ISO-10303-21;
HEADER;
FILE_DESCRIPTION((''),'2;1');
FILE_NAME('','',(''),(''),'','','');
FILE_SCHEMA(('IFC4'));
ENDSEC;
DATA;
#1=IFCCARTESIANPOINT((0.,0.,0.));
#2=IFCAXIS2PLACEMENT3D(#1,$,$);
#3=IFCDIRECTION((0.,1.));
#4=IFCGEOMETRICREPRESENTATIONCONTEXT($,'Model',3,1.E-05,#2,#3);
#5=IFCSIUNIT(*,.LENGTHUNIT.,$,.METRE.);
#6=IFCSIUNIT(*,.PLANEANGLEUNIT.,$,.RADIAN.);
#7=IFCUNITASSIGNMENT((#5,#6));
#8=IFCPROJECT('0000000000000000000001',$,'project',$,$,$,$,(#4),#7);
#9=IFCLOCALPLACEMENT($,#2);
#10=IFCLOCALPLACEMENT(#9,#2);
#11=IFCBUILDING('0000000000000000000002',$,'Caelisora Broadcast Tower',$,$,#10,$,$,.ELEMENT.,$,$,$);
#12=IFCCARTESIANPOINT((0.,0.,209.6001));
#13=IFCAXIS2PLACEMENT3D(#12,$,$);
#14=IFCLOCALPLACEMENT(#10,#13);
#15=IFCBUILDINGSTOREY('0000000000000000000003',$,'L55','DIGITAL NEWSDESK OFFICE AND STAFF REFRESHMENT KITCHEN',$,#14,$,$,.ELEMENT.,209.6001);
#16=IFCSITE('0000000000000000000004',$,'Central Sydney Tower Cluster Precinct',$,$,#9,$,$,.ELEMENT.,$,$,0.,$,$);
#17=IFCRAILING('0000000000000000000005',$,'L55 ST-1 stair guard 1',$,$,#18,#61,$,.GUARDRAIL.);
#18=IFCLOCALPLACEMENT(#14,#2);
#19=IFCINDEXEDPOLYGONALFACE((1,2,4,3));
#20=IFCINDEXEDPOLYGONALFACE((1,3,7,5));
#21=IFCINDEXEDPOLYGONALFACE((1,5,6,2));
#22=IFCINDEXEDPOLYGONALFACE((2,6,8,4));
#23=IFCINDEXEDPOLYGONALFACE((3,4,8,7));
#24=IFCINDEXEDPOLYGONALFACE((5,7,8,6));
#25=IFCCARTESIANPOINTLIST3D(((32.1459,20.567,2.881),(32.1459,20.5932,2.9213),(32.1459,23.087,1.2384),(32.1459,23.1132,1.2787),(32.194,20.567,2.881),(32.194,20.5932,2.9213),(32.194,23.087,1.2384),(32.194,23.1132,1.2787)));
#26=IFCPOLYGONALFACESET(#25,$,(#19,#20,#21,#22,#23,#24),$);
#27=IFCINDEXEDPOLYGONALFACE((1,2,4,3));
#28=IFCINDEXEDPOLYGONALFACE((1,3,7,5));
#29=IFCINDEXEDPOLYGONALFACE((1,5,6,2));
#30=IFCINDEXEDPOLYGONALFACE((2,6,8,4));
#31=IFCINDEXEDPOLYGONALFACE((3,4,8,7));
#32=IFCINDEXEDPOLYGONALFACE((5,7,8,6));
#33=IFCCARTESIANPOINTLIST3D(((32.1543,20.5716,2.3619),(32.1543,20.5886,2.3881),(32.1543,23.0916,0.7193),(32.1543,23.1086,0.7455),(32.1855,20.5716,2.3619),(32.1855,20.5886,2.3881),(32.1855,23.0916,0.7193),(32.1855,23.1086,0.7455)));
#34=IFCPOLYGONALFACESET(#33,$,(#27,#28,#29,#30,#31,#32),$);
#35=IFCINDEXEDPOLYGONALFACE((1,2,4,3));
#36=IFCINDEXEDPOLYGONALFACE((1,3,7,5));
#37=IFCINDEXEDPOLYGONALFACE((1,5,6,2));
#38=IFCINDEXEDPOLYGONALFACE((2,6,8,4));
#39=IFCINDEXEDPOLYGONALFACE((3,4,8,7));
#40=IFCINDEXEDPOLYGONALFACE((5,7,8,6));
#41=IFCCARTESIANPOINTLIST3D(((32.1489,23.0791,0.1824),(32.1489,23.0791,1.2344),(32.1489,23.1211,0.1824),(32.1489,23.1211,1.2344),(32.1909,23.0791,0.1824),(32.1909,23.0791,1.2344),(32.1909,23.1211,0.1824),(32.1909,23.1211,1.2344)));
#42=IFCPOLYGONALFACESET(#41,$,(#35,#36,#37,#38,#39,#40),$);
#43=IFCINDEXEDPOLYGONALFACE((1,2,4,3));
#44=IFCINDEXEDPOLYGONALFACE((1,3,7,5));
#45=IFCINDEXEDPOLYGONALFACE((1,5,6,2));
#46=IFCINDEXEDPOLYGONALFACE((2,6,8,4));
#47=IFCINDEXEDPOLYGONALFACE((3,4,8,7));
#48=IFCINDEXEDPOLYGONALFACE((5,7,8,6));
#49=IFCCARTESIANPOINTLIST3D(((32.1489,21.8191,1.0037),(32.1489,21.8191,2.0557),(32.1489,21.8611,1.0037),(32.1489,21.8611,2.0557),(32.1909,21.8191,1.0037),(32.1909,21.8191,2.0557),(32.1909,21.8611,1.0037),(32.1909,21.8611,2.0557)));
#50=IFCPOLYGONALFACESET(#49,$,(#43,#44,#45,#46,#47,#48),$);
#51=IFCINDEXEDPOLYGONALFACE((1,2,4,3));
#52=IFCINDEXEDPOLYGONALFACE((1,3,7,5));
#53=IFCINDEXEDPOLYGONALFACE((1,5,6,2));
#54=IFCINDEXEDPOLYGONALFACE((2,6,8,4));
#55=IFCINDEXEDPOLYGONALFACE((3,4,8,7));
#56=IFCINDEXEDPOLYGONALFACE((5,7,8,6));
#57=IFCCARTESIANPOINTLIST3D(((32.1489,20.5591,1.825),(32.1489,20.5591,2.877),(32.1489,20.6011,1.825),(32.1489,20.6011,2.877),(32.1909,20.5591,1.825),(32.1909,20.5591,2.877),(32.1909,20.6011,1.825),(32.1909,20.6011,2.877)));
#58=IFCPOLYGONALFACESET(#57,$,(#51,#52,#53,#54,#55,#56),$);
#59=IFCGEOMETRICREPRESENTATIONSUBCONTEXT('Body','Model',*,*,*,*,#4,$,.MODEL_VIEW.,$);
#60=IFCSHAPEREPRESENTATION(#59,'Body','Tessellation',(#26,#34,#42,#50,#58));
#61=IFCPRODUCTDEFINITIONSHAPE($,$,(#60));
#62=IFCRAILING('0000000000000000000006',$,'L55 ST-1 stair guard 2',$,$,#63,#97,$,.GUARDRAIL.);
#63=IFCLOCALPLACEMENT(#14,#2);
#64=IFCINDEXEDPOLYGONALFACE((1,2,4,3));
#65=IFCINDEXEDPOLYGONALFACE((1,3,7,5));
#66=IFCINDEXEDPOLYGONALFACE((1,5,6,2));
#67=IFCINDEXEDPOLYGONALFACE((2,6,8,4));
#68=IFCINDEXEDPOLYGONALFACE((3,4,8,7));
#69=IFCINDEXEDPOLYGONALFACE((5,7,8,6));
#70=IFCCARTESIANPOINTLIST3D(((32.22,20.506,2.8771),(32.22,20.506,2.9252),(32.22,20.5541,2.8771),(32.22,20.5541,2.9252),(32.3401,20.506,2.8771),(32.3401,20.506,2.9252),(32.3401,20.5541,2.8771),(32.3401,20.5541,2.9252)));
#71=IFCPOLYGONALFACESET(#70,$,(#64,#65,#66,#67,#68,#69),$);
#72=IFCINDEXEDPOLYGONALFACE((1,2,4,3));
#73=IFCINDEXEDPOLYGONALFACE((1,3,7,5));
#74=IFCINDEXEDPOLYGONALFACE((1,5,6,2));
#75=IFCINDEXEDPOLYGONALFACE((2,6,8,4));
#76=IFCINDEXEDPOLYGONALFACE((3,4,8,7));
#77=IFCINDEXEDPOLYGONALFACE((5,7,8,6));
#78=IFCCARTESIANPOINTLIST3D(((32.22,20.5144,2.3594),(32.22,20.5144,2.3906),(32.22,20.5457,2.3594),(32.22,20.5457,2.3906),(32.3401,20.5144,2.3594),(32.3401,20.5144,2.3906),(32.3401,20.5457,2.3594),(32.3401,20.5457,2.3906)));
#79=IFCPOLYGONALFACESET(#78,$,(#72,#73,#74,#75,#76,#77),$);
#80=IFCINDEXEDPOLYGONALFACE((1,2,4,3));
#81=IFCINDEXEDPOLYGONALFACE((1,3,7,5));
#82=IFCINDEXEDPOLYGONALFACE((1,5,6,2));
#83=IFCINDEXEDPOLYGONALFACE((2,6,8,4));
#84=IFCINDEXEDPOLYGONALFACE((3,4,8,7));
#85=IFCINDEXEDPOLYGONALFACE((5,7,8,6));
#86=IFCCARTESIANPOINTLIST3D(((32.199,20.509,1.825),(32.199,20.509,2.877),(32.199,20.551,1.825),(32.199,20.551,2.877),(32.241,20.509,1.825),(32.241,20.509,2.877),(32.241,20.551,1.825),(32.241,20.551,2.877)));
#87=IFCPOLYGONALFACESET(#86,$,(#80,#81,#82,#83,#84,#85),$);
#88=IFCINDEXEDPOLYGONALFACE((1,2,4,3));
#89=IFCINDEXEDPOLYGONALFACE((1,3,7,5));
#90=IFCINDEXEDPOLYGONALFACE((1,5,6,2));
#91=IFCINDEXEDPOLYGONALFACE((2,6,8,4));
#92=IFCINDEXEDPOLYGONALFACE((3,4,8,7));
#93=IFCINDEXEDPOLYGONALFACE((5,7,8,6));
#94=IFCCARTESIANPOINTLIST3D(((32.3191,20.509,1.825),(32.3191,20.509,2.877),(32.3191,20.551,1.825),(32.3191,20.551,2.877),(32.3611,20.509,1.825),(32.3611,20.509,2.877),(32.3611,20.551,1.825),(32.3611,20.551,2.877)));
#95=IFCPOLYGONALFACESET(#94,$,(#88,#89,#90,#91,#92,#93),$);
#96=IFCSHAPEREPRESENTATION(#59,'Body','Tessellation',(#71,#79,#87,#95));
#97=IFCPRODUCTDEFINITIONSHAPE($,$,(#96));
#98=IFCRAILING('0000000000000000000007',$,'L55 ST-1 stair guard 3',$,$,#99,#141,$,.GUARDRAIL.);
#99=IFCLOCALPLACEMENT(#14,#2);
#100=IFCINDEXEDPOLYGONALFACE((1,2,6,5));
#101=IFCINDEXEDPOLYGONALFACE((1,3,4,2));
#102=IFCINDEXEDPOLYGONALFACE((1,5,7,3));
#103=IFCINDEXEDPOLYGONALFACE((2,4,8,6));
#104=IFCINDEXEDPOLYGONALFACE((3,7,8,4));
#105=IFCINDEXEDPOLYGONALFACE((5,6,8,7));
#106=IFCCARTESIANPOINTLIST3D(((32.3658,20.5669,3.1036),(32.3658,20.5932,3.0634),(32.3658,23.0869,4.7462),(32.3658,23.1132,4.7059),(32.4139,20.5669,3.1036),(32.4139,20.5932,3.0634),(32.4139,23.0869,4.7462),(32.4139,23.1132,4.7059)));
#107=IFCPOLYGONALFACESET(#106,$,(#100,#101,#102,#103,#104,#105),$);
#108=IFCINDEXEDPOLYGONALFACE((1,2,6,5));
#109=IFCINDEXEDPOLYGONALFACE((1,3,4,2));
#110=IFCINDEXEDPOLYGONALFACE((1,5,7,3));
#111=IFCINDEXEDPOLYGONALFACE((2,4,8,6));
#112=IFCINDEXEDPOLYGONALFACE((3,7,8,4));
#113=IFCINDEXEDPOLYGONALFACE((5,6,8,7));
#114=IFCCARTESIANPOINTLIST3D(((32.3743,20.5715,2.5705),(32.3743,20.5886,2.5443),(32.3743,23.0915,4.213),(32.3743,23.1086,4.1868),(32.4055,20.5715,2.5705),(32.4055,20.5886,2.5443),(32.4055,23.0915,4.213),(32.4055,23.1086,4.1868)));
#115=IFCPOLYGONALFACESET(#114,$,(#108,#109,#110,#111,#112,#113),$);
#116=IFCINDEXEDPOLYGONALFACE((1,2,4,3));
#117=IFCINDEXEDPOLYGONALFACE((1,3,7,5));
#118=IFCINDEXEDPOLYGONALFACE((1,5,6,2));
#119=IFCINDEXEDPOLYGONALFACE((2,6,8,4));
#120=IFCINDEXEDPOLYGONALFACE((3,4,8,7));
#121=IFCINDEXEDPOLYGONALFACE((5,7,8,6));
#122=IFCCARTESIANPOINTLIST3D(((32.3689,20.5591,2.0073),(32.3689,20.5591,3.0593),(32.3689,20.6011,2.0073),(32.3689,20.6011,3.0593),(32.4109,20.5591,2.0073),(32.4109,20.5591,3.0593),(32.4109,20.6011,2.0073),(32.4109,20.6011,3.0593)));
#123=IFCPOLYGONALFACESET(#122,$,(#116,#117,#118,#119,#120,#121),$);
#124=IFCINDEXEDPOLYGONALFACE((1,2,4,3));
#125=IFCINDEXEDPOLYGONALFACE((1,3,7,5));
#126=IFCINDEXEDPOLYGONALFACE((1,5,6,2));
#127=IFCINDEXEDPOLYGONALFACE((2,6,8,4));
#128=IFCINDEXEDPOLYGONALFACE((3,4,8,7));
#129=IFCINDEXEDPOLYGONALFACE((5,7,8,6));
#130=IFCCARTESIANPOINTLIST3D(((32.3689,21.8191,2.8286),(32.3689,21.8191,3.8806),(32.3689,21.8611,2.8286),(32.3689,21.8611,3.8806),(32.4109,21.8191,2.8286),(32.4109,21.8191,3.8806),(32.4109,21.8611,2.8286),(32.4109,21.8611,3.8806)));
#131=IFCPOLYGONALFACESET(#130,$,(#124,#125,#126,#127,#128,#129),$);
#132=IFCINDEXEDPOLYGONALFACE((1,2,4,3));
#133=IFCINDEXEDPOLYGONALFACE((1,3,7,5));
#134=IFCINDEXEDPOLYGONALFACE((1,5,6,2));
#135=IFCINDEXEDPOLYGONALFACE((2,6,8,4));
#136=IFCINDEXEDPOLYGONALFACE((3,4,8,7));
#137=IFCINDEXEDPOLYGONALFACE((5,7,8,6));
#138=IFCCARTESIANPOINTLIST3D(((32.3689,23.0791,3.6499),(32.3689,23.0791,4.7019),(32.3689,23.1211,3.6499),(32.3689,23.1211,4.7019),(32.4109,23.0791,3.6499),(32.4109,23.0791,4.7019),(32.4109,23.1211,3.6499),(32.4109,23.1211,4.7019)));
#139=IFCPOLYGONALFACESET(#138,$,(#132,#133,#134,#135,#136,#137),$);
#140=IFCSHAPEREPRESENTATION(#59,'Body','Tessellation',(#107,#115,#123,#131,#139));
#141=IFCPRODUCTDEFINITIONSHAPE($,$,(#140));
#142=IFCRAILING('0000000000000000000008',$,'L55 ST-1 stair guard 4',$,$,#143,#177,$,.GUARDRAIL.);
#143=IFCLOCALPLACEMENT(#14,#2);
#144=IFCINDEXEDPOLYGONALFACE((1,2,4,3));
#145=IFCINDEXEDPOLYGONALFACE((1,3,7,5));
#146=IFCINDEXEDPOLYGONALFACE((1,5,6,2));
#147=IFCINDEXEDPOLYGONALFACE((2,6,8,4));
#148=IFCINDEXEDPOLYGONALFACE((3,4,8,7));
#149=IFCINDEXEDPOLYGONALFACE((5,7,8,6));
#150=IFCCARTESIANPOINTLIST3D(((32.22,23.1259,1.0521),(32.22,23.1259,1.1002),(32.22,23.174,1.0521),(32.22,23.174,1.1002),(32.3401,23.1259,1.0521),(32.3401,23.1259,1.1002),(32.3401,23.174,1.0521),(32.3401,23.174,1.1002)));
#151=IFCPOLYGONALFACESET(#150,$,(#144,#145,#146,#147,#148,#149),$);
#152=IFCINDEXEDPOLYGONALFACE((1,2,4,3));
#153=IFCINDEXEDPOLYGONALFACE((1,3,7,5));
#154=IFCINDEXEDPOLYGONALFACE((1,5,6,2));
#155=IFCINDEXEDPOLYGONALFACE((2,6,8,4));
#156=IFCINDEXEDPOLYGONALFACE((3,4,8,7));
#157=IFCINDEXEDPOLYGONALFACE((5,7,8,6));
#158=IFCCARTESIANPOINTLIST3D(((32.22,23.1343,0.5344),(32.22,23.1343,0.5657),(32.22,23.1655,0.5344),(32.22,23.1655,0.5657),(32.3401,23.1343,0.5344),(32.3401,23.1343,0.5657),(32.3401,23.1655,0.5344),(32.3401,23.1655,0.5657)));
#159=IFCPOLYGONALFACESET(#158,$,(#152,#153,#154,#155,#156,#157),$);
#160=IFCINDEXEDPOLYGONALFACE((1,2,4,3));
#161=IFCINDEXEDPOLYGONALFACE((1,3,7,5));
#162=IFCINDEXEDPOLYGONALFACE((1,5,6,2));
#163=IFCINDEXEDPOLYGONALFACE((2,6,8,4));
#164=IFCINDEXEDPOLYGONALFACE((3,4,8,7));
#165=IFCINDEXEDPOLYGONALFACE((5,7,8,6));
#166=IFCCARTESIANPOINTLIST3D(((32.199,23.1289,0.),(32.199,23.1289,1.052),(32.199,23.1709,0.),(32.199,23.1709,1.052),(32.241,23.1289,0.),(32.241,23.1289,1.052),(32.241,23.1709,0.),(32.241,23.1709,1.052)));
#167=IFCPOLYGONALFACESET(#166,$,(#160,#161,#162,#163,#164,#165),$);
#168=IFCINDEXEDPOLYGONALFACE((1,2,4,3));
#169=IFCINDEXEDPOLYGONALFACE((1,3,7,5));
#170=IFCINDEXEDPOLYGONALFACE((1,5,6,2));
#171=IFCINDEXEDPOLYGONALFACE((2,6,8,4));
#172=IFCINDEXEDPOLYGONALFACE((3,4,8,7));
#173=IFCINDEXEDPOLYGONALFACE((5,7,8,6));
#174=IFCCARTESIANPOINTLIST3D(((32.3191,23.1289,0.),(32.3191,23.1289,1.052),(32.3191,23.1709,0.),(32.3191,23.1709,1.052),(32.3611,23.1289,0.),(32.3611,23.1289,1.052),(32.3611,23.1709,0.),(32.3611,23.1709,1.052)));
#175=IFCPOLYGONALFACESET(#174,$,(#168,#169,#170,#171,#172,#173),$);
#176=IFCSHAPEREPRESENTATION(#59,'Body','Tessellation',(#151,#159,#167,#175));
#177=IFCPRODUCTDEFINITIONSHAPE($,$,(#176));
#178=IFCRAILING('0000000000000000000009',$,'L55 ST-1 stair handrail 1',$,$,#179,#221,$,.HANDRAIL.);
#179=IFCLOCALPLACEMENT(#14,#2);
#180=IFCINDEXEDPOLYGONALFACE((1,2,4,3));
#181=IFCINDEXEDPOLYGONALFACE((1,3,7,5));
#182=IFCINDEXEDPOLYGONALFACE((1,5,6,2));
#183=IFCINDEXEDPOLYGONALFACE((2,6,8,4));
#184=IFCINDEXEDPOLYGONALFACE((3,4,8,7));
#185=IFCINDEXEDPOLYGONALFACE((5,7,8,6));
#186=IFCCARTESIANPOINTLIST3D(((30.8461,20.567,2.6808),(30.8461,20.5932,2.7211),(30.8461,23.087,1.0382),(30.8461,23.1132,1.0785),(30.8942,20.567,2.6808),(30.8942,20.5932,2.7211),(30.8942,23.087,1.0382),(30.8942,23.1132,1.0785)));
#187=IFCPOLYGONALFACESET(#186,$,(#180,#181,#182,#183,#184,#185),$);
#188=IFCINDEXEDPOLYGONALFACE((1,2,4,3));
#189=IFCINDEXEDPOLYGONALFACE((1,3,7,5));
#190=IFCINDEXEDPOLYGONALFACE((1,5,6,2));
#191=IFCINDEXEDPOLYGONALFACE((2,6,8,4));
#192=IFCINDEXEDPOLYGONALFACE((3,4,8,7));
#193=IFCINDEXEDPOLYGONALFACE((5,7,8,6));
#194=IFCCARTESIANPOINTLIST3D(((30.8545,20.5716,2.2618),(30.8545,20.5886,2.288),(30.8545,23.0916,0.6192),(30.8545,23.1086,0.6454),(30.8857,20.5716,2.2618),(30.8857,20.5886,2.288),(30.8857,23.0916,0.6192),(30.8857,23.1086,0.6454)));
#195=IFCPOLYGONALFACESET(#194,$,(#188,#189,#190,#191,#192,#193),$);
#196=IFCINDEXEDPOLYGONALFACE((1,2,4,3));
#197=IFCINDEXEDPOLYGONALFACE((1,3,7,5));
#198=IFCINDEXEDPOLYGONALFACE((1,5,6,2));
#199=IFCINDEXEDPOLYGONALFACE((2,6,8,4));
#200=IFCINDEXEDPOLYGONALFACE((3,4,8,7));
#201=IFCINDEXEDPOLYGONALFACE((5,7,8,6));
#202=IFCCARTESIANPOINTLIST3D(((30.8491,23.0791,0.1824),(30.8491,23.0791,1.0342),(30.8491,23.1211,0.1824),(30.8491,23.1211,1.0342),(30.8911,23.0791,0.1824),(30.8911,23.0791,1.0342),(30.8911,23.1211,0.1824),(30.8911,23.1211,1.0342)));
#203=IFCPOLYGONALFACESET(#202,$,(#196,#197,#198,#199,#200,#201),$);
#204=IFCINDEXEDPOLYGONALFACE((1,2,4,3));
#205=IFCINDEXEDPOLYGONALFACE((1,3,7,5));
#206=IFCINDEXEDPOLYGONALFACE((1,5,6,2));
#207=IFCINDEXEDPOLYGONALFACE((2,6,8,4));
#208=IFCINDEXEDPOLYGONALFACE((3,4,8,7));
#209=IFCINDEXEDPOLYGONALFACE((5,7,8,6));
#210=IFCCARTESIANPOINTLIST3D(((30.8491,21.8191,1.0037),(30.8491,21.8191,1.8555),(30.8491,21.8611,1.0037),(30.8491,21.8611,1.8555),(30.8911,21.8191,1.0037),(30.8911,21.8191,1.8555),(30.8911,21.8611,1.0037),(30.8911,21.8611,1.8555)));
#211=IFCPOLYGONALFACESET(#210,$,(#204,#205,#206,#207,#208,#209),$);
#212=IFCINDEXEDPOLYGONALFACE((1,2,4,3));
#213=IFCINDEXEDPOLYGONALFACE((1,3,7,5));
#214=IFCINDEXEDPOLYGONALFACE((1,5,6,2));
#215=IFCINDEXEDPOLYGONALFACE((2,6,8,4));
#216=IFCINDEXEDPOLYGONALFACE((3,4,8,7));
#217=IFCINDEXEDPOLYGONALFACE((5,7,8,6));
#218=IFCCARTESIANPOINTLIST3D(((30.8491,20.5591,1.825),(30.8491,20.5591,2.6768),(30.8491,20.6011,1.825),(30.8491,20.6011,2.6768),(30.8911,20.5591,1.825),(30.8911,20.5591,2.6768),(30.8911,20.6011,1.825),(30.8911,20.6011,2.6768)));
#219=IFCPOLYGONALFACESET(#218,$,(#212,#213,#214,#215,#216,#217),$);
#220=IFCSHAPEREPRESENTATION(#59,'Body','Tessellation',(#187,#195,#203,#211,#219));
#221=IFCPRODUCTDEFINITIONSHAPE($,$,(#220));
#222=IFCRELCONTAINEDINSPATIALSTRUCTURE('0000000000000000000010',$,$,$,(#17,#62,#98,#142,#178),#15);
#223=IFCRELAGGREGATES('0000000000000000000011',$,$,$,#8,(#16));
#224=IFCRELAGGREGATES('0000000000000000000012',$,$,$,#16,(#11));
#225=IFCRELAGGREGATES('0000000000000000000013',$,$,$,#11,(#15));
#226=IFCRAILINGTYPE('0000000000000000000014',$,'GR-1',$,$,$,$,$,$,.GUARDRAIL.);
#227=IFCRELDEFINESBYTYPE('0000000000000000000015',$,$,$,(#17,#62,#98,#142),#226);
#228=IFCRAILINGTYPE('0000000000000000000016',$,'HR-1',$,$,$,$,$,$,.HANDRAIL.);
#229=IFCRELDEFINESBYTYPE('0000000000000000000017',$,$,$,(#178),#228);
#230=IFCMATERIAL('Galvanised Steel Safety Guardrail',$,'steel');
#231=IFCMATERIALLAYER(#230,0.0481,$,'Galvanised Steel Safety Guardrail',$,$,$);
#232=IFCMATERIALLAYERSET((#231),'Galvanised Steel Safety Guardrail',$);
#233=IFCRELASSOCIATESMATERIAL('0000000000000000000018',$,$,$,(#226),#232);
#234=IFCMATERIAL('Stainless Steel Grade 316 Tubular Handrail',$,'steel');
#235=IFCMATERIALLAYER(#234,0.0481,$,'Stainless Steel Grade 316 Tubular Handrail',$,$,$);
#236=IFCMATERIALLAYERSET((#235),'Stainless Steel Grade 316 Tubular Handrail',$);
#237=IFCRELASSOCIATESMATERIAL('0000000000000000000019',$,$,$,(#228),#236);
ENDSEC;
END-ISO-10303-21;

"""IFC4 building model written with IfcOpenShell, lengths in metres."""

from ifc_helpers import new_model, si_unit, direction, frame, origin, origin_2d, place, context, subcontext, project, spatial, rectangle, extrude, material, layer, layer_set, type_object, element, save


model = new_model("IFC4")

# Units and contexts
model_context = context("Model", 3, precision=1e-05, world=origin(), true_north=direction((0.0, 1.0)))
body_context = subcontext(model_context, "Body", "Model", "MODEL_VIEW")
ifc_project = project(units=[si_unit("LENGTHUNIT", "METRE"), si_unit("PLANEANGLEUNIT", "RADIAN")], contexts=[model_context])

# Site, building, storey
site_placement = place(None, origin())
site = spatial("IfcSite", under=ifc_project, at=site_placement, Name="Central Sydney Tower Cluster Precinct", CompositionType="ELEMENT", RefElevation=0.0)
building_placement = place(site_placement, origin())
building = spatial("IfcBuilding", under=site, at=building_placement, Name="Caelisora Broadcast Tower", CompositionType="ELEMENT")
storey_placement = place(building_placement, frame((0.0, 0.0, 209.6001)))
storey = spatial("IfcBuildingStorey", under=building, at=storey_placement, Name="L55", Description="DIGITAL NEWSDESK OFFICE AND STAFF REFRESHMENT KITCHEN", CompositionType="ELEMENT", Elevation=209.6001)

# Railings
ifc_material_1 = material(Name="Galvanised Steel Safety Guardrail", Category="steel")
ifc_layer_1 = layer(ifc_material_1, 0.0481, Name="Galvanised Steel Safety Guardrail")
ifc_layer_set_1 = layer_set([ifc_layer_1], Name="Galvanised Steel Safety Guardrail")
railing_type_1 = type_object("IfcRailingType", Name="GR-1", PredefinedType="GUARDRAIL", material=ifc_layer_set_1)
railing_1_placement = place(storey_placement, frame((32.1699, 23.1001, 0.1824)))
element("IfcRailing", 1, at=railing_1_placement, inside=storey, type_object=railing_type_1, Name="L55 ST-1 stair guard 1", PredefinedType="GUARDRAIL", context=body_context, shape_type="SweptSolid", body=[
    extrude(rectangle(XDim=0.0481, YDim=0.0481, at=origin_2d()), frame((0.0, 0.0, 1.0762), z_axis=(0.0, -0.837749, 0.546055), x_axis=(1.0, 0.0, 0.0)), (0.0, 0.0, 1.0), 3.0081),
    extrude(rectangle(XDim=0.0312, YDim=0.0312, at=origin_2d()), frame((0.0, 0.0, 0.55), z_axis=(0.0, -0.837749, 0.546055), x_axis=(1.0, 0.0, 0.0)), (0.0, 0.0, 1.0), 3.0081),
    extrude(rectangle(XDim=0.042, YDim=0.042, at=origin_2d()), origin(), (0.0, 0.0, 1.0), 1.052),
    extrude(rectangle(XDim=0.042, YDim=0.042, at=origin_2d()), frame((0.0, -1.26, 0.8213)), (0.0, 0.0, 1.0), 1.052),
    extrude(rectangle(XDim=0.042, YDim=0.042, at=origin_2d()), frame((0.0, -2.52, 1.6426)), (0.0, 0.0, 1.0), 1.052),
])
railing_2_placement = place(storey_placement, frame((32.22, 20.53, 1.825)))
element("IfcRailing", 2, at=railing_2_placement, inside=storey, type_object=railing_type_1, Name="L55 ST-1 stair guard 2", PredefinedType="GUARDRAIL", context=body_context, shape_type="SweptSolid", body=[
    extrude(rectangle(XDim=0.0481, YDim=0.0481, at=origin_2d()), frame((0.0, 0.0, 1.0762), z_axis=(1.0, 0.0, 0.0), x_axis=(0.0, 1.0, 0.0)), (0.0, 0.0, 1.0), 0.1201),
    extrude(rectangle(XDim=0.0312, YDim=0.0312, at=origin_2d()), frame((0.0, 0.0, 0.55), z_axis=(1.0, 0.0, 0.0), x_axis=(0.0, 1.0, 0.0)), (0.0, 0.0, 1.0), 0.1201),
    extrude(rectangle(XDim=0.042, YDim=0.042, at=origin_2d()), origin(), (0.0, 0.0, 1.0), 1.052),
    extrude(rectangle(XDim=0.042, YDim=0.042, at=origin_2d()), frame((0.1201, 0.0, 0.0)), (0.0, 0.0, 1.0), 1.052),
])
railing_3_placement = place(storey_placement, frame((32.3899, 20.5801, 2.0073)))
element("IfcRailing", 3, at=railing_3_placement, inside=storey, type_object=railing_type_1, Name="L55 ST-1 stair guard 3", PredefinedType="GUARDRAIL", context=body_context, shape_type="SweptSolid", body=[
    extrude(rectangle(XDim=0.0481, YDim=0.0481, at=origin_2d()), frame((0.0, 0.0, 1.0762), z_axis=(0.0, 0.837749, 0.546055), x_axis=(-1.0, 0.0, 0.0)), (0.0, 0.0, 1.0), 3.0081),
    extrude(rectangle(XDim=0.0312, YDim=0.0312, at=origin_2d()), frame((0.0, 0.0, 0.55), z_axis=(0.0, 0.837749, 0.546055), x_axis=(-1.0, 0.0, 0.0)), (0.0, 0.0, 1.0), 3.0081),
    extrude(rectangle(XDim=0.042, YDim=0.042, at=origin_2d()), origin(), (0.0, 0.0, 1.0), 1.052),
    extrude(rectangle(XDim=0.042, YDim=0.042, at=origin_2d()), frame((0.0, 1.26, 0.8213)), (0.0, 0.0, 1.0), 1.052),
    extrude(rectangle(XDim=0.042, YDim=0.042, at=origin_2d()), frame((0.0, 2.52, 1.6426)), (0.0, 0.0, 1.0), 1.052),
])
railing_4_placement = place(storey_placement, frame((32.22, 23.1499, 0.0)))
element("IfcRailing", 4, at=railing_4_placement, inside=storey, type_object=railing_type_1, Name="L55 ST-1 stair guard 4", PredefinedType="GUARDRAIL", context=body_context, shape_type="SweptSolid", body=[
    extrude(rectangle(XDim=0.0481, YDim=0.0481, at=origin_2d()), frame((0.0, 0.0, 1.0762), z_axis=(1.0, 0.0, 0.0), x_axis=(0.0, 1.0, 0.0)), (0.0, 0.0, 1.0), 0.1201),
    extrude(rectangle(XDim=0.0312, YDim=0.0312, at=origin_2d()), frame((0.0, 0.0, 0.55), z_axis=(1.0, 0.0, 0.0), x_axis=(0.0, 1.0, 0.0)), (0.0, 0.0, 1.0), 0.1201),
    extrude(rectangle(XDim=0.042, YDim=0.042, at=origin_2d()), origin(), (0.0, 0.0, 1.0), 1.052),
    extrude(rectangle(XDim=0.042, YDim=0.042, at=origin_2d()), frame((0.1201, 0.0, 0.0)), (0.0, 0.0, 1.0), 1.052),
])
ifc_material_2 = material(Name="Stainless Steel Grade 316 Tubular Handrail", Category="steel")
ifc_layer_2 = layer(ifc_material_2, 0.0481, Name="Stainless Steel Grade 316 Tubular Handrail")
ifc_layer_set_2 = layer_set([ifc_layer_2], Name="Stainless Steel Grade 316 Tubular Handrail")
railing_type_2 = type_object("IfcRailingType", Name="HR-1", PredefinedType="HANDRAIL", material=ifc_layer_set_2)
railing_5_placement = place(storey_placement, frame((30.8701, 23.1001, 0.1824)))
element("IfcRailing", 5, at=railing_5_placement, inside=storey, type_object=railing_type_2, Name="L55 ST-1 stair handrail 1", PredefinedType="HANDRAIL", context=body_context, shape_type="SweptSolid", body=[
    extrude(rectangle(XDim=0.0481, YDim=0.0481, at=origin_2d()), frame((0.0, 0.0, 0.876), z_axis=(0.0, -0.837749, 0.546055), x_axis=(1.0, 0.0, 0.0)), (0.0, 0.0, 1.0), 3.0081),
    extrude(rectangle(XDim=0.0312, YDim=0.0312, at=origin_2d()), frame((0.0, 0.0, 0.45), z_axis=(0.0, -0.837749, 0.546055), x_axis=(1.0, 0.0, 0.0)), (0.0, 0.0, 1.0), 3.0081),
    extrude(rectangle(XDim=0.042, YDim=0.042, at=origin_2d()), origin(), (0.0, 0.0, 1.0), 0.8518),
    extrude(rectangle(XDim=0.042, YDim=0.042, at=origin_2d()), frame((0.0, -1.26, 0.8213)), (0.0, 0.0, 1.0), 0.8518),
    extrude(rectangle(XDim=0.042, YDim=0.042, at=origin_2d()), frame((0.0, -2.52, 1.6426)), (0.0, 0.0, 1.0), 0.8518),
])

save(model, "model.ifc")
